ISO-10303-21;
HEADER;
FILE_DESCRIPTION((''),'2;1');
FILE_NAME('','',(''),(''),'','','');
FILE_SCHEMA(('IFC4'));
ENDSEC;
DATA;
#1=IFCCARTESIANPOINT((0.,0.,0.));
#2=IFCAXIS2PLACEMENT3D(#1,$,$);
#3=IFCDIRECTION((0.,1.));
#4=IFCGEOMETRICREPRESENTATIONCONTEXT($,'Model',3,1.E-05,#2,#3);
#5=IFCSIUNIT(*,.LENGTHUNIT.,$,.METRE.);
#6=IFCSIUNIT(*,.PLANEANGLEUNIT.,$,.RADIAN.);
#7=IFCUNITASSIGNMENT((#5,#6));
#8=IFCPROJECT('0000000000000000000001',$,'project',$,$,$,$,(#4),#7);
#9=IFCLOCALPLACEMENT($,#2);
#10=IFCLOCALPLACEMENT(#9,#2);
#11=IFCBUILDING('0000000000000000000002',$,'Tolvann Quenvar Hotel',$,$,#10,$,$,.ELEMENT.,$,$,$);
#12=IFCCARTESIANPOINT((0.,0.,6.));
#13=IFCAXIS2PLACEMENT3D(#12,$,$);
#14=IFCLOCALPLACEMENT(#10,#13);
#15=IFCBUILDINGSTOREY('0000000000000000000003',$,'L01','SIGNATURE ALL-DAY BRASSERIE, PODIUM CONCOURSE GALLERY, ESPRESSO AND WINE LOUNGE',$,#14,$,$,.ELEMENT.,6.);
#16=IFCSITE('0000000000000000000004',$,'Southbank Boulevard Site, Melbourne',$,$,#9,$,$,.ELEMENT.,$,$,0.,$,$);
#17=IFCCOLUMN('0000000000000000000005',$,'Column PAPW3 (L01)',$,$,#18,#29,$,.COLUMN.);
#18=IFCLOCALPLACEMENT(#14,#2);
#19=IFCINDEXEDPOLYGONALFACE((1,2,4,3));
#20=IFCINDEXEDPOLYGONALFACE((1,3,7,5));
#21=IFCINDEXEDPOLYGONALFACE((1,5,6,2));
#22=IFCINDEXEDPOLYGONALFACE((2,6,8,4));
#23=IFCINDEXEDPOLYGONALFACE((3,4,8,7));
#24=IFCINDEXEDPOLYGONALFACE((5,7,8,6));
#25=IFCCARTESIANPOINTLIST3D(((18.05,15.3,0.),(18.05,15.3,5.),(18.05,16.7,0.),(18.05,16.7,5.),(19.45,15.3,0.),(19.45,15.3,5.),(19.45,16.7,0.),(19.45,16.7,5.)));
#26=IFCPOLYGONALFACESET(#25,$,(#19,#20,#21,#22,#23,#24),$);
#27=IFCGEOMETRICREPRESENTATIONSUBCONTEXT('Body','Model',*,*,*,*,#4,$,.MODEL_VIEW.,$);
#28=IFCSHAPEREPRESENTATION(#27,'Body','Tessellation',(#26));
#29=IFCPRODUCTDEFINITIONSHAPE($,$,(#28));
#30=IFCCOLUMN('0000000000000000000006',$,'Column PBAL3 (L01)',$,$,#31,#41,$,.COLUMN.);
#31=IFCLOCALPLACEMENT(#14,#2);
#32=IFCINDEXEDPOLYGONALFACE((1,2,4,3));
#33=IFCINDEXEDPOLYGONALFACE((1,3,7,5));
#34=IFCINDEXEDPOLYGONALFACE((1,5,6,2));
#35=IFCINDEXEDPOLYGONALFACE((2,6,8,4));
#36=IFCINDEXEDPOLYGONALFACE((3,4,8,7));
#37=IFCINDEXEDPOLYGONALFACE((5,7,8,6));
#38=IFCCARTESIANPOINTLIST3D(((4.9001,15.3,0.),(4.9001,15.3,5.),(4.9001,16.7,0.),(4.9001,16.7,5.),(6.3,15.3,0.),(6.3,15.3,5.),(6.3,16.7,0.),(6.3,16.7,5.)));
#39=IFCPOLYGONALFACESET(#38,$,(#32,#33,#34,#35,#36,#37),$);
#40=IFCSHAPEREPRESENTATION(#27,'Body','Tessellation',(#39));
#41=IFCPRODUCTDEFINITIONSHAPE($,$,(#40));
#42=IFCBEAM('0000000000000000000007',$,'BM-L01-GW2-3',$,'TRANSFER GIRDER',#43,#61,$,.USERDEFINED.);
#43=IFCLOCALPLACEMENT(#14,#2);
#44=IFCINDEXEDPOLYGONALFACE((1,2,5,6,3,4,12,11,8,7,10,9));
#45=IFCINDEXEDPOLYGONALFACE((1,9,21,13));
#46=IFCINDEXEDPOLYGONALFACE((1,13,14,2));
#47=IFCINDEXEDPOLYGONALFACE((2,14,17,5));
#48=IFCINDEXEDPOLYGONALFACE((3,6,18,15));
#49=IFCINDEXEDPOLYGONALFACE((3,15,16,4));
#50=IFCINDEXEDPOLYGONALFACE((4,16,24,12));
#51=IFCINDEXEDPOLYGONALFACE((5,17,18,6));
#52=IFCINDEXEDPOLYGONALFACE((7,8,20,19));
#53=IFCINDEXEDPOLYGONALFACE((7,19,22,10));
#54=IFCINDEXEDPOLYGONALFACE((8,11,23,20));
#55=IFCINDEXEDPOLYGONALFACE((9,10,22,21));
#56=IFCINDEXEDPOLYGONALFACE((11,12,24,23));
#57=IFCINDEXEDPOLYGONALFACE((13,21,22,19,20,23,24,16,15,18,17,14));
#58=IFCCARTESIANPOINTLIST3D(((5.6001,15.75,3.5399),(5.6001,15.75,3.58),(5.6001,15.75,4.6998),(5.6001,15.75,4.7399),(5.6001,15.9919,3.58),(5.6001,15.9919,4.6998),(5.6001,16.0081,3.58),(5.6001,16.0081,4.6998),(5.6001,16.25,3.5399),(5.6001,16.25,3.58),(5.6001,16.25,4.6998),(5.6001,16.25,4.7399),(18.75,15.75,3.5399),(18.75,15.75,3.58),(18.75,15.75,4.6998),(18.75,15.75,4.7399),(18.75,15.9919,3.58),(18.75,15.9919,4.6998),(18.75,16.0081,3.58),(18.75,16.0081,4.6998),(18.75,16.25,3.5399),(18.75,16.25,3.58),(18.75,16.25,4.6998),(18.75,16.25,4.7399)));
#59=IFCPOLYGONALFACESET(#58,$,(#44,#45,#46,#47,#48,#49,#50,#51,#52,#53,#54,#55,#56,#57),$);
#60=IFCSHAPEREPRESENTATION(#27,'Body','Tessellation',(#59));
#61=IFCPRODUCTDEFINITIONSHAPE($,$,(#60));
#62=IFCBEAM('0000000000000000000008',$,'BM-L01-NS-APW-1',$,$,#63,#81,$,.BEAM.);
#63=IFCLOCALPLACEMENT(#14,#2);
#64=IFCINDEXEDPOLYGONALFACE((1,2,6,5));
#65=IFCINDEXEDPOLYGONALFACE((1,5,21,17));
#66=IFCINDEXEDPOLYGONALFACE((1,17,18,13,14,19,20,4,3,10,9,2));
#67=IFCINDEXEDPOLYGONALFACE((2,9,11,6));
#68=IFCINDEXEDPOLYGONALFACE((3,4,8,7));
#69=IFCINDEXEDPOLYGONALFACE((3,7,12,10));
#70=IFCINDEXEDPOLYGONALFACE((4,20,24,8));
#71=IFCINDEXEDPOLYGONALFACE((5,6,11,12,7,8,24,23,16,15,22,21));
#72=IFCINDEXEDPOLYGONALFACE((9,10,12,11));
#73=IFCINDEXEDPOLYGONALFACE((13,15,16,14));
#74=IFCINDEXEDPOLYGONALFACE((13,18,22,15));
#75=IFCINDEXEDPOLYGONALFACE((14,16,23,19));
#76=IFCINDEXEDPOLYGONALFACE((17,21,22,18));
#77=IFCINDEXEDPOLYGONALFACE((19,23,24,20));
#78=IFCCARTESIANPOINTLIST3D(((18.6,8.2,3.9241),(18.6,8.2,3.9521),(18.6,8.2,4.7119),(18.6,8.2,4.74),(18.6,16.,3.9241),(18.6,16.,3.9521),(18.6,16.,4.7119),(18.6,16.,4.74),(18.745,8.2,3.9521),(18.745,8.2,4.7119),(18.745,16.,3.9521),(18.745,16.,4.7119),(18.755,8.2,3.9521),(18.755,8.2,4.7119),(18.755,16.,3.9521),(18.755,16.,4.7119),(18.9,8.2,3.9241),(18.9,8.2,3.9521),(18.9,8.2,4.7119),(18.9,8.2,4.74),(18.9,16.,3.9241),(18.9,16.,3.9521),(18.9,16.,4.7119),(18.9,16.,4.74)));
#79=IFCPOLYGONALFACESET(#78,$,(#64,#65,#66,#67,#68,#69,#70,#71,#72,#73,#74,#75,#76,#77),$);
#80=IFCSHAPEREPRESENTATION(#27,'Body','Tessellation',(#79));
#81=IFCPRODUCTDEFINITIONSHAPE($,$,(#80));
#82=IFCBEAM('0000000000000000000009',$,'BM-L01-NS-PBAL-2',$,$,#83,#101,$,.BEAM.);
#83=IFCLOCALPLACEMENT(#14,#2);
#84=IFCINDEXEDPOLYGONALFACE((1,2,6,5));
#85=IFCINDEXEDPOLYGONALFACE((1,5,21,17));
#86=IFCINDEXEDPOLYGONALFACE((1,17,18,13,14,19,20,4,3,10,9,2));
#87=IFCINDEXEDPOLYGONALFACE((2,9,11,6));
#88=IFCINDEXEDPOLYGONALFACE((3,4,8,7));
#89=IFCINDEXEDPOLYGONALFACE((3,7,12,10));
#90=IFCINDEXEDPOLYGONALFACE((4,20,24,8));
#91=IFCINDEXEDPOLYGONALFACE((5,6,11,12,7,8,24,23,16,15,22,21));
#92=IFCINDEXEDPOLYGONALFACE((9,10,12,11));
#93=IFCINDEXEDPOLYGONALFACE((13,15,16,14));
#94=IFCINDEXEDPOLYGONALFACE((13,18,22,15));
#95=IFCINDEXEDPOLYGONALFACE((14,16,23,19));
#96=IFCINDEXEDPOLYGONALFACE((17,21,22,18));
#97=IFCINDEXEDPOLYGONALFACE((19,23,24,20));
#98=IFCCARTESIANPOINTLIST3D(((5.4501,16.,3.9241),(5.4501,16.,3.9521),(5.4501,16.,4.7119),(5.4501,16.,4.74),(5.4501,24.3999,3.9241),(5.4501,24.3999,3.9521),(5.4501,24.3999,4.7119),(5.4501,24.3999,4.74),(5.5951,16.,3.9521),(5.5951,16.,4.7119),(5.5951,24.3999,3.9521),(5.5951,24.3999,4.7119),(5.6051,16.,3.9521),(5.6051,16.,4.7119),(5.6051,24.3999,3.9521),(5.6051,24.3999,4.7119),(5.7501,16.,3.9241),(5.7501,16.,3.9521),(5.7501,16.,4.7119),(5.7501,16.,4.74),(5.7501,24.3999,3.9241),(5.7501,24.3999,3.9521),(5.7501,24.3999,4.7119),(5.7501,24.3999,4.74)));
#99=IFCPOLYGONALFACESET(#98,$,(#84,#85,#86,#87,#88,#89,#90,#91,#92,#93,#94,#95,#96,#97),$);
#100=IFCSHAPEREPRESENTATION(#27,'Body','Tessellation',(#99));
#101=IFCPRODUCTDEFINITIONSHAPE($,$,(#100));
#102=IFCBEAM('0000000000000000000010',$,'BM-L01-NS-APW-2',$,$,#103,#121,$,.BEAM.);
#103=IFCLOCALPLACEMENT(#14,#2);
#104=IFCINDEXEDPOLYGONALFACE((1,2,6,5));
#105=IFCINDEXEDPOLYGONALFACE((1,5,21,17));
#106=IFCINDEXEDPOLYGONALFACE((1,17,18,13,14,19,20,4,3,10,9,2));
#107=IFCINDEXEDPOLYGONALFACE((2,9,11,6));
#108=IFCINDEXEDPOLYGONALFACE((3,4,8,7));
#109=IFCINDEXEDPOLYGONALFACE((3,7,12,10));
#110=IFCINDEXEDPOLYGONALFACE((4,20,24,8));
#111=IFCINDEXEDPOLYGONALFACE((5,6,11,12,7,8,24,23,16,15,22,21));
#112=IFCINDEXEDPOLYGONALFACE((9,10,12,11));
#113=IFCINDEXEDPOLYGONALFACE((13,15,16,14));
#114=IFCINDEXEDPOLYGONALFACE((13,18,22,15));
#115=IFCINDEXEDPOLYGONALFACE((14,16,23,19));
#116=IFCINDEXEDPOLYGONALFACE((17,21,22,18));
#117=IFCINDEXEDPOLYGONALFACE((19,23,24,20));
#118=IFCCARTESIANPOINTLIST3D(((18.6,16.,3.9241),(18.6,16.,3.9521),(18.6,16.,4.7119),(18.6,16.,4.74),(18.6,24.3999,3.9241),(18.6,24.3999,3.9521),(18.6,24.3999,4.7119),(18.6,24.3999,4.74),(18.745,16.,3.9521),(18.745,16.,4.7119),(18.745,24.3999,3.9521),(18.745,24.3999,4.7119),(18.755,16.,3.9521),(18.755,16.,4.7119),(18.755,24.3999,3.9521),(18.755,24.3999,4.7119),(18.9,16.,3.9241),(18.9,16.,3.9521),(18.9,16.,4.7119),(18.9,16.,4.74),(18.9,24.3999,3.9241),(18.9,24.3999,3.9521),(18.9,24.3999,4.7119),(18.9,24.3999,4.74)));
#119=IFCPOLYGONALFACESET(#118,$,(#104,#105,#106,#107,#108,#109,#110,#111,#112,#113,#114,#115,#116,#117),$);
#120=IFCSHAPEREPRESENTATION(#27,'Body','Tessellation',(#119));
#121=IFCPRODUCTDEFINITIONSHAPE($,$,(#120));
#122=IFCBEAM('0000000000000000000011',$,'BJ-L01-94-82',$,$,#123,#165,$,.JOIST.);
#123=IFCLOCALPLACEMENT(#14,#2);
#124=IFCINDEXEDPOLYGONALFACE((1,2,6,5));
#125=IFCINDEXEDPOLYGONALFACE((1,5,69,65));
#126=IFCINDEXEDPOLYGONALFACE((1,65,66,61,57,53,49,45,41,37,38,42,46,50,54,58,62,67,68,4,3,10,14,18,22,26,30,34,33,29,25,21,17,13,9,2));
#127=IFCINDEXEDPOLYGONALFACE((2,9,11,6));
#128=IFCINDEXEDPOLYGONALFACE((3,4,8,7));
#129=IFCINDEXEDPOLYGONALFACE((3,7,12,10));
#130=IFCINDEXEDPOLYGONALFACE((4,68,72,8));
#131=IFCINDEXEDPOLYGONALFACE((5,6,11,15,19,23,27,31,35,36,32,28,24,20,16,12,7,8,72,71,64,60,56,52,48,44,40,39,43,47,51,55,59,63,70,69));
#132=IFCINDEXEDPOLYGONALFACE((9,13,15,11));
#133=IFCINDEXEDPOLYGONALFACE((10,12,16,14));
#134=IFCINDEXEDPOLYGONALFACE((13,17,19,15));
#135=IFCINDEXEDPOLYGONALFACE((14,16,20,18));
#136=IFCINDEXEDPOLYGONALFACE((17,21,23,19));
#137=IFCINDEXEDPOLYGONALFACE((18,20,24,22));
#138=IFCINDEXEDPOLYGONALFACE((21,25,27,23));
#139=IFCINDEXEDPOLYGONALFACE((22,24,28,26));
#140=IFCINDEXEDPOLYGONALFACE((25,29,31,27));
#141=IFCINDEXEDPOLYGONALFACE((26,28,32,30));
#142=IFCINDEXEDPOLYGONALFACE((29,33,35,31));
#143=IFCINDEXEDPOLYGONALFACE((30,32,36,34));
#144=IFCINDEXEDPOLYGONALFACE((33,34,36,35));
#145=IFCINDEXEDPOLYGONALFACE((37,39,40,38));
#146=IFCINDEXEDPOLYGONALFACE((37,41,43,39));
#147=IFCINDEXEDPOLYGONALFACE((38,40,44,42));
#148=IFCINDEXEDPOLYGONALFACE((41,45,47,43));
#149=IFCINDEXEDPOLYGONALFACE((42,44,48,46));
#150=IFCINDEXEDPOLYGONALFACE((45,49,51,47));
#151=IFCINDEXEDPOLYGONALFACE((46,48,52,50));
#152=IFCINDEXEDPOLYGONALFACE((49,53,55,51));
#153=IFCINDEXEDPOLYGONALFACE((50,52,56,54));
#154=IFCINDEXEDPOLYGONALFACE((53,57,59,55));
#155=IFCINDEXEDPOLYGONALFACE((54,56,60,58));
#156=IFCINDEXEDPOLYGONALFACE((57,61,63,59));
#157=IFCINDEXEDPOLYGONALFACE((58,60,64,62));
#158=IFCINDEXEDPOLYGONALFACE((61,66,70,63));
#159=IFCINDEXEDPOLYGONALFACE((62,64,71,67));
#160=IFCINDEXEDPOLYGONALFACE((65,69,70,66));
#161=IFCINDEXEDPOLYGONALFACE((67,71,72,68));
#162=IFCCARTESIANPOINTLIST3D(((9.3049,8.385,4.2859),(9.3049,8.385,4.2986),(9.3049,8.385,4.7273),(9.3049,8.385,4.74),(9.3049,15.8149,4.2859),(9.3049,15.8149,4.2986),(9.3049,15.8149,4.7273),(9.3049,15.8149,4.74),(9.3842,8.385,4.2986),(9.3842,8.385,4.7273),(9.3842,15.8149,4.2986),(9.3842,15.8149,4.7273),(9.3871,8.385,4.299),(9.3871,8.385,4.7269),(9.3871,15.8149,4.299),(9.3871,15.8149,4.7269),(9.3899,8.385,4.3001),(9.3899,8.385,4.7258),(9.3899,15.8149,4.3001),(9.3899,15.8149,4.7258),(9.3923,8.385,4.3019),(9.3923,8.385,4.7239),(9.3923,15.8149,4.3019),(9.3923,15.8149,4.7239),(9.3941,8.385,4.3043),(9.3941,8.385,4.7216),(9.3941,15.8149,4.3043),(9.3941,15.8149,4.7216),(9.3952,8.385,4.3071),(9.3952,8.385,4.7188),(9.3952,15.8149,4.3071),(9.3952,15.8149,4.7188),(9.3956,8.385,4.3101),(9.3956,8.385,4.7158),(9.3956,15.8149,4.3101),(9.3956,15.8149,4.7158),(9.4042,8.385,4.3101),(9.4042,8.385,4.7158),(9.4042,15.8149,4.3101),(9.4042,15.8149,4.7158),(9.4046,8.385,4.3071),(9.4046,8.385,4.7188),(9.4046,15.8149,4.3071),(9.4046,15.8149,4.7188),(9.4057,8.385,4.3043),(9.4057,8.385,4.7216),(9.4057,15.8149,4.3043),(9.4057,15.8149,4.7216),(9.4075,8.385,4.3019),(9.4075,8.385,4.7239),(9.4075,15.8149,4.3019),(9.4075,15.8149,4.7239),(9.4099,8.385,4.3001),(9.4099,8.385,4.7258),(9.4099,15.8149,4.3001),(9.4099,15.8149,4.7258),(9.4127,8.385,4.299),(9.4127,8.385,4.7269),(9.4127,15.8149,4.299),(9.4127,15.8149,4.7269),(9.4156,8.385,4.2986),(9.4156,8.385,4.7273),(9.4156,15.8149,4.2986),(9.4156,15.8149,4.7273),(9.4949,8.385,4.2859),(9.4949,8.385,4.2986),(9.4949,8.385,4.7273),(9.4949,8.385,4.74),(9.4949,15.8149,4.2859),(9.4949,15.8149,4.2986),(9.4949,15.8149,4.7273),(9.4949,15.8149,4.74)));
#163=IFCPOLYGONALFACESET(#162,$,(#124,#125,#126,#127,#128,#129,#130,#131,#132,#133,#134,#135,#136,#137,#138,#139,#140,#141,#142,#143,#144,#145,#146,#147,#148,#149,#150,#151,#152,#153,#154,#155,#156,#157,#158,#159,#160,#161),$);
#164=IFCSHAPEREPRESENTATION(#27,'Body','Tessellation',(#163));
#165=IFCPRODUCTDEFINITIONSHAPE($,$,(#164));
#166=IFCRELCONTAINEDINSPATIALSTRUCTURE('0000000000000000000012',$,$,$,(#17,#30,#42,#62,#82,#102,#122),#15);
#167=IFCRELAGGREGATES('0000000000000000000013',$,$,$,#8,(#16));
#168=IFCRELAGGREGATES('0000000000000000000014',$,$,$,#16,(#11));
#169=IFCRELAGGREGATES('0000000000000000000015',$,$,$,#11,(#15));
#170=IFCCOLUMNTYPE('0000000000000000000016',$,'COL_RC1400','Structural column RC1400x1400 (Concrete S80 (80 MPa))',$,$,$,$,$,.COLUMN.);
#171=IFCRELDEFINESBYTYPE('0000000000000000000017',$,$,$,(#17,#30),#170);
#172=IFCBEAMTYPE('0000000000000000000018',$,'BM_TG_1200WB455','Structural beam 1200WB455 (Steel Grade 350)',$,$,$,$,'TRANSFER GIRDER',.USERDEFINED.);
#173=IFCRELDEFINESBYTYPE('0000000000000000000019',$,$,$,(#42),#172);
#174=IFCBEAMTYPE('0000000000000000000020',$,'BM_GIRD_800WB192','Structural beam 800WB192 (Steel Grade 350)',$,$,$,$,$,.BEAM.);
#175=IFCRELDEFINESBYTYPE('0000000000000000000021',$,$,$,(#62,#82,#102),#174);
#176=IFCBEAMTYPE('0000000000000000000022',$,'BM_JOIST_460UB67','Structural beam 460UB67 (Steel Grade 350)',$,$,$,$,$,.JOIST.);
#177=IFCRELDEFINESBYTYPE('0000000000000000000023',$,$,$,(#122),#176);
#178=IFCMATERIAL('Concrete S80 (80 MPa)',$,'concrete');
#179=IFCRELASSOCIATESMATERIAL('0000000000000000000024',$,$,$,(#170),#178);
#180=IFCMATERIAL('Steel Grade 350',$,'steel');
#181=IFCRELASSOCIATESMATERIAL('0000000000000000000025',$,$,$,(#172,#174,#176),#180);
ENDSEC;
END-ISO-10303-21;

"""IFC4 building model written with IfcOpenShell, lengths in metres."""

from ifc_helpers import new_model, si_unit, direction, frame, origin, origin_2d, place, context, subcontext, project, spatial, rectangle, i_section, extrude, source, transform, mapped, material, material_profile, profile_set, type_object, type_shapes, element, save


model = new_model("IFC4")

# Units and contexts
model_context = context("Model", 3, precision=1e-05, world=origin(), true_north=direction((0.0, 1.0)))
body_context = subcontext(model_context, "Body", "Model", "MODEL_VIEW")
ifc_project = project(units=[si_unit("LENGTHUNIT", "METRE"), si_unit("PLANEANGLEUNIT", "RADIAN")], contexts=[model_context])

# Site, building, storey
site_placement = place(None, origin())
site = spatial("IfcSite", under=ifc_project, at=site_placement, Name="Southbank Boulevard Site, Melbourne", CompositionType="ELEMENT", RefElevation=0.0)
building_placement = place(site_placement, origin())
building = spatial("IfcBuilding", under=site, at=building_placement, Name="Tolvann Quenvar Hotel", CompositionType="ELEMENT")
storey_placement = place(building_placement, frame((0.0, 0.0, 6.0)))
storey = spatial("IfcBuildingStorey", under=building, at=storey_placement, Name="L01", Description="SIGNATURE ALL-DAY BRASSERIE, PODIUM CONCOURSE GALLERY, ESPRESSO AND WINE LOUNGE", CompositionType="ELEMENT", Elevation=6.0)

# Columns
ifc_material_1 = material(Name="Concrete S80 (80 MPa)", Category="concrete")
ifc_material_profile_1 = material_profile(ifc_material_1, rectangle(XDim=1.3999, YDim=1.3999, at=origin_2d()), Name="RC1400x1400")
ifc_profile_set_1 = profile_set([ifc_material_profile_1], Name="Concrete S80 (80 MPa)")
column_type = type_object("IfcColumnType", Name="COL_RC1400", Description="Structural column RC1400x1400 (Concrete S80 (80 MPa))", PredefinedType="COLUMN", material=ifc_profile_set_1)
shared_shape_1 = source(origin(), body_context, "Body", "SweptSolid", [
    extrude(rectangle(XDim=1.3999, YDim=1.3999, at=origin_2d()), origin(), (0.0, 0.0, 1.0), 5.0),
])
type_shapes(column_type, [shared_shape_1])
for number, where, z_axis, x_axis, name in (
    (1, (18.75, 16.0, 0.0), (0.0, 0.0, 1.0), (1.0, 0.0, 0.0), "Column PAPW3 (L01)"),
    (2, (5.6001, 16.0, 0.0), (0.0, 0.0, 1.0), (1.0, 0.0, 0.0), "Column PBAL3 (L01)"),
):
    element("IfcColumn", number, at=place(storey_placement, frame(where, z_axis=z_axis, x_axis=x_axis)), inside=storey, type_object=column_type, Name=name, PredefinedType="COLUMN", context=body_context, shape_type="MappedRepresentation", body=[
        mapped(shared_shape_1, transform((0.0, 0.0, 0.0), x_axis=(1.0, 0.0, 0.0), y_axis=(0.0, 1.0, 0.0), z_axis=(0.0, 0.0, 1.0), scale=1.0)),
    ])

# Beams
ifc_material_2 = material(Name="Steel Grade 350", Category="steel")
ifc_material_profile_2 = material_profile(ifc_material_2, i_section(OverallWidth=0.5, OverallDepth=1.2, WebThickness=0.0161, FlangeThickness=0.04, at=origin_2d()), Name="1200WB455")
ifc_profile_set_2 = profile_set([ifc_material_profile_2], Name="Steel Grade 350")
beam_type_1 = type_object("IfcBeamType", Name="BM_TG_1200WB455", Description="Structural beam 1200WB455 (Steel Grade 350)", ElementType="TRANSFER GIRDER", PredefinedType="USERDEFINED", material=ifc_profile_set_2)
shared_shape_2 = source(origin(), body_context, "Body", "SweptSolid", [
    extrude(i_section(OverallWidth=0.5, OverallDepth=1.2, WebThickness=0.0161, FlangeThickness=0.04, at=origin_2d()), origin(), (0.0, 0.0, 1.0), 13.1499),
])
type_shapes(beam_type_1, [shared_shape_2])
beam_1_placement = place(storey_placement, frame((5.6001, 16.0, 4.1399), z_axis=(1.0, 0.0, 0.0), x_axis=(0.0, 1.0, 0.0)))
element("IfcBeam", 3, at=beam_1_placement, inside=storey, type_object=beam_type_1, Name="BM-L01-GW2-3", ObjectType="TRANSFER GIRDER", PredefinedType="USERDEFINED", context=body_context, shape_type="MappedRepresentation", body=[
    mapped(shared_shape_2, transform((0.0, 0.0, 0.0), x_axis=(1.0, 0.0, 0.0), y_axis=(0.0, 1.0, 0.0), z_axis=(0.0, 0.0, 1.0), scale=1.0)),
])
ifc_material_profile_3 = material_profile(ifc_material_2, i_section(OverallWidth=0.3, OverallDepth=0.8159, WebThickness=0.01, FlangeThickness=0.0281, at=origin_2d()), Name="800WB192")
ifc_profile_set_3 = profile_set([ifc_material_profile_3], Name="Steel Grade 350")
beam_type_2 = type_object("IfcBeamType", Name="BM_GIRD_800WB192", Description="Structural beam 800WB192 (Steel Grade 350)", PredefinedType="BEAM", material=ifc_profile_set_3)
shared_shape_3 = source(origin(), body_context, "Body", "SweptSolid", [
    extrude(i_section(OverallWidth=0.3, OverallDepth=0.8159, WebThickness=0.01, FlangeThickness=0.0281, at=origin_2d()), origin(), (0.0, 0.0, 1.0), 7.8),
])
beam_2_placement = place(storey_placement, frame((18.75, 8.2, 4.332), z_axis=(0.0, 1.0, 0.0), x_axis=(-1.0, 0.0, 0.0)))
element("IfcBeam", 4, at=beam_2_placement, inside=storey, type_object=beam_type_2, Name="BM-L01-NS-APW-1", PredefinedType="BEAM", context=body_context, shape_type="MappedRepresentation", body=[
    mapped(shared_shape_3, transform((0.0, 0.0, 0.0), x_axis=(1.0, 0.0, 0.0), y_axis=(0.0, 1.0, 0.0), z_axis=(0.0, 0.0, 1.0), scale=1.0)),
])
shared_shape_4 = source(origin(), body_context, "Body", "SweptSolid", [
    extrude(i_section(OverallWidth=0.3, OverallDepth=0.8159, WebThickness=0.01, FlangeThickness=0.0281, at=origin_2d()), origin(), (0.0, 0.0, 1.0), 8.3999),
])
type_shapes(beam_type_2, [shared_shape_3, shared_shape_4])
for number, where, z_axis, x_axis, name in (
    (5, (5.6001, 16.0, 4.332), (0.0, 1.0, 0.0), (-1.0, 0.0, 0.0), "BM-L01-NS-PBAL-2"),
    (6, (18.75, 16.0, 4.332), (0.0, 1.0, 0.0), (-1.0, 0.0, 0.0), "BM-L01-NS-APW-2"),
):
    element("IfcBeam", number, at=place(storey_placement, frame(where, z_axis=z_axis, x_axis=x_axis)), inside=storey, type_object=beam_type_2, Name=name, PredefinedType="BEAM", context=body_context, shape_type="MappedRepresentation", body=[
        mapped(shared_shape_4, transform((0.0, 0.0, 0.0), x_axis=(1.0, 0.0, 0.0), y_axis=(0.0, 1.0, 0.0), z_axis=(0.0, 0.0, 1.0), scale=1.0)),
    ])
ifc_material_profile_4 = material_profile(ifc_material_2, i_section(OverallWidth=0.1899, OverallDepth=0.4541, WebThickness=0.0085, FlangeThickness=0.0127, FilletRadius=0.0115, at=origin_2d()), Name="460UB67")
ifc_profile_set_4 = profile_set([ifc_material_profile_4], Name="Steel Grade 350")
beam_type_3 = type_object("IfcBeamType", Name="BM_JOIST_460UB67", Description="Structural beam 460UB67 (Steel Grade 350)", PredefinedType="JOIST", material=ifc_profile_set_4)
shared_shape_5 = source(origin(), body_context, "Body", "SweptSolid", [
    extrude(i_section(OverallWidth=0.1899, OverallDepth=0.4541, WebThickness=0.0085, FlangeThickness=0.0127, FilletRadius=0.0115, at=origin_2d()), origin(), (0.0, 0.0, 1.0), 7.4299),
])
for number, where, z_axis, x_axis, name in (
    (7, (9.3999, 8.385, 4.5129), (0.0, 1.0, 0.0), (-1.0, 0.0, 0.0), "BJ-L01-94-82"),
):
    element("IfcBeam", number, at=place(storey_placement, frame(where, z_axis=z_axis, x_axis=x_axis)), inside=storey, type_object=beam_type_3, Name=name, PredefinedType="JOIST", context=body_context, shape_type="MappedRepresentation", body=[
        mapped(shared_shape_5, transform((0.0, 0.0, 0.0), x_axis=(1.0, 0.0, 0.0), y_axis=(0.0, 1.0, 0.0), z_axis=(0.0, 0.0, 1.0), scale=1.0)),
    ])

save(model, "model.ifc")
